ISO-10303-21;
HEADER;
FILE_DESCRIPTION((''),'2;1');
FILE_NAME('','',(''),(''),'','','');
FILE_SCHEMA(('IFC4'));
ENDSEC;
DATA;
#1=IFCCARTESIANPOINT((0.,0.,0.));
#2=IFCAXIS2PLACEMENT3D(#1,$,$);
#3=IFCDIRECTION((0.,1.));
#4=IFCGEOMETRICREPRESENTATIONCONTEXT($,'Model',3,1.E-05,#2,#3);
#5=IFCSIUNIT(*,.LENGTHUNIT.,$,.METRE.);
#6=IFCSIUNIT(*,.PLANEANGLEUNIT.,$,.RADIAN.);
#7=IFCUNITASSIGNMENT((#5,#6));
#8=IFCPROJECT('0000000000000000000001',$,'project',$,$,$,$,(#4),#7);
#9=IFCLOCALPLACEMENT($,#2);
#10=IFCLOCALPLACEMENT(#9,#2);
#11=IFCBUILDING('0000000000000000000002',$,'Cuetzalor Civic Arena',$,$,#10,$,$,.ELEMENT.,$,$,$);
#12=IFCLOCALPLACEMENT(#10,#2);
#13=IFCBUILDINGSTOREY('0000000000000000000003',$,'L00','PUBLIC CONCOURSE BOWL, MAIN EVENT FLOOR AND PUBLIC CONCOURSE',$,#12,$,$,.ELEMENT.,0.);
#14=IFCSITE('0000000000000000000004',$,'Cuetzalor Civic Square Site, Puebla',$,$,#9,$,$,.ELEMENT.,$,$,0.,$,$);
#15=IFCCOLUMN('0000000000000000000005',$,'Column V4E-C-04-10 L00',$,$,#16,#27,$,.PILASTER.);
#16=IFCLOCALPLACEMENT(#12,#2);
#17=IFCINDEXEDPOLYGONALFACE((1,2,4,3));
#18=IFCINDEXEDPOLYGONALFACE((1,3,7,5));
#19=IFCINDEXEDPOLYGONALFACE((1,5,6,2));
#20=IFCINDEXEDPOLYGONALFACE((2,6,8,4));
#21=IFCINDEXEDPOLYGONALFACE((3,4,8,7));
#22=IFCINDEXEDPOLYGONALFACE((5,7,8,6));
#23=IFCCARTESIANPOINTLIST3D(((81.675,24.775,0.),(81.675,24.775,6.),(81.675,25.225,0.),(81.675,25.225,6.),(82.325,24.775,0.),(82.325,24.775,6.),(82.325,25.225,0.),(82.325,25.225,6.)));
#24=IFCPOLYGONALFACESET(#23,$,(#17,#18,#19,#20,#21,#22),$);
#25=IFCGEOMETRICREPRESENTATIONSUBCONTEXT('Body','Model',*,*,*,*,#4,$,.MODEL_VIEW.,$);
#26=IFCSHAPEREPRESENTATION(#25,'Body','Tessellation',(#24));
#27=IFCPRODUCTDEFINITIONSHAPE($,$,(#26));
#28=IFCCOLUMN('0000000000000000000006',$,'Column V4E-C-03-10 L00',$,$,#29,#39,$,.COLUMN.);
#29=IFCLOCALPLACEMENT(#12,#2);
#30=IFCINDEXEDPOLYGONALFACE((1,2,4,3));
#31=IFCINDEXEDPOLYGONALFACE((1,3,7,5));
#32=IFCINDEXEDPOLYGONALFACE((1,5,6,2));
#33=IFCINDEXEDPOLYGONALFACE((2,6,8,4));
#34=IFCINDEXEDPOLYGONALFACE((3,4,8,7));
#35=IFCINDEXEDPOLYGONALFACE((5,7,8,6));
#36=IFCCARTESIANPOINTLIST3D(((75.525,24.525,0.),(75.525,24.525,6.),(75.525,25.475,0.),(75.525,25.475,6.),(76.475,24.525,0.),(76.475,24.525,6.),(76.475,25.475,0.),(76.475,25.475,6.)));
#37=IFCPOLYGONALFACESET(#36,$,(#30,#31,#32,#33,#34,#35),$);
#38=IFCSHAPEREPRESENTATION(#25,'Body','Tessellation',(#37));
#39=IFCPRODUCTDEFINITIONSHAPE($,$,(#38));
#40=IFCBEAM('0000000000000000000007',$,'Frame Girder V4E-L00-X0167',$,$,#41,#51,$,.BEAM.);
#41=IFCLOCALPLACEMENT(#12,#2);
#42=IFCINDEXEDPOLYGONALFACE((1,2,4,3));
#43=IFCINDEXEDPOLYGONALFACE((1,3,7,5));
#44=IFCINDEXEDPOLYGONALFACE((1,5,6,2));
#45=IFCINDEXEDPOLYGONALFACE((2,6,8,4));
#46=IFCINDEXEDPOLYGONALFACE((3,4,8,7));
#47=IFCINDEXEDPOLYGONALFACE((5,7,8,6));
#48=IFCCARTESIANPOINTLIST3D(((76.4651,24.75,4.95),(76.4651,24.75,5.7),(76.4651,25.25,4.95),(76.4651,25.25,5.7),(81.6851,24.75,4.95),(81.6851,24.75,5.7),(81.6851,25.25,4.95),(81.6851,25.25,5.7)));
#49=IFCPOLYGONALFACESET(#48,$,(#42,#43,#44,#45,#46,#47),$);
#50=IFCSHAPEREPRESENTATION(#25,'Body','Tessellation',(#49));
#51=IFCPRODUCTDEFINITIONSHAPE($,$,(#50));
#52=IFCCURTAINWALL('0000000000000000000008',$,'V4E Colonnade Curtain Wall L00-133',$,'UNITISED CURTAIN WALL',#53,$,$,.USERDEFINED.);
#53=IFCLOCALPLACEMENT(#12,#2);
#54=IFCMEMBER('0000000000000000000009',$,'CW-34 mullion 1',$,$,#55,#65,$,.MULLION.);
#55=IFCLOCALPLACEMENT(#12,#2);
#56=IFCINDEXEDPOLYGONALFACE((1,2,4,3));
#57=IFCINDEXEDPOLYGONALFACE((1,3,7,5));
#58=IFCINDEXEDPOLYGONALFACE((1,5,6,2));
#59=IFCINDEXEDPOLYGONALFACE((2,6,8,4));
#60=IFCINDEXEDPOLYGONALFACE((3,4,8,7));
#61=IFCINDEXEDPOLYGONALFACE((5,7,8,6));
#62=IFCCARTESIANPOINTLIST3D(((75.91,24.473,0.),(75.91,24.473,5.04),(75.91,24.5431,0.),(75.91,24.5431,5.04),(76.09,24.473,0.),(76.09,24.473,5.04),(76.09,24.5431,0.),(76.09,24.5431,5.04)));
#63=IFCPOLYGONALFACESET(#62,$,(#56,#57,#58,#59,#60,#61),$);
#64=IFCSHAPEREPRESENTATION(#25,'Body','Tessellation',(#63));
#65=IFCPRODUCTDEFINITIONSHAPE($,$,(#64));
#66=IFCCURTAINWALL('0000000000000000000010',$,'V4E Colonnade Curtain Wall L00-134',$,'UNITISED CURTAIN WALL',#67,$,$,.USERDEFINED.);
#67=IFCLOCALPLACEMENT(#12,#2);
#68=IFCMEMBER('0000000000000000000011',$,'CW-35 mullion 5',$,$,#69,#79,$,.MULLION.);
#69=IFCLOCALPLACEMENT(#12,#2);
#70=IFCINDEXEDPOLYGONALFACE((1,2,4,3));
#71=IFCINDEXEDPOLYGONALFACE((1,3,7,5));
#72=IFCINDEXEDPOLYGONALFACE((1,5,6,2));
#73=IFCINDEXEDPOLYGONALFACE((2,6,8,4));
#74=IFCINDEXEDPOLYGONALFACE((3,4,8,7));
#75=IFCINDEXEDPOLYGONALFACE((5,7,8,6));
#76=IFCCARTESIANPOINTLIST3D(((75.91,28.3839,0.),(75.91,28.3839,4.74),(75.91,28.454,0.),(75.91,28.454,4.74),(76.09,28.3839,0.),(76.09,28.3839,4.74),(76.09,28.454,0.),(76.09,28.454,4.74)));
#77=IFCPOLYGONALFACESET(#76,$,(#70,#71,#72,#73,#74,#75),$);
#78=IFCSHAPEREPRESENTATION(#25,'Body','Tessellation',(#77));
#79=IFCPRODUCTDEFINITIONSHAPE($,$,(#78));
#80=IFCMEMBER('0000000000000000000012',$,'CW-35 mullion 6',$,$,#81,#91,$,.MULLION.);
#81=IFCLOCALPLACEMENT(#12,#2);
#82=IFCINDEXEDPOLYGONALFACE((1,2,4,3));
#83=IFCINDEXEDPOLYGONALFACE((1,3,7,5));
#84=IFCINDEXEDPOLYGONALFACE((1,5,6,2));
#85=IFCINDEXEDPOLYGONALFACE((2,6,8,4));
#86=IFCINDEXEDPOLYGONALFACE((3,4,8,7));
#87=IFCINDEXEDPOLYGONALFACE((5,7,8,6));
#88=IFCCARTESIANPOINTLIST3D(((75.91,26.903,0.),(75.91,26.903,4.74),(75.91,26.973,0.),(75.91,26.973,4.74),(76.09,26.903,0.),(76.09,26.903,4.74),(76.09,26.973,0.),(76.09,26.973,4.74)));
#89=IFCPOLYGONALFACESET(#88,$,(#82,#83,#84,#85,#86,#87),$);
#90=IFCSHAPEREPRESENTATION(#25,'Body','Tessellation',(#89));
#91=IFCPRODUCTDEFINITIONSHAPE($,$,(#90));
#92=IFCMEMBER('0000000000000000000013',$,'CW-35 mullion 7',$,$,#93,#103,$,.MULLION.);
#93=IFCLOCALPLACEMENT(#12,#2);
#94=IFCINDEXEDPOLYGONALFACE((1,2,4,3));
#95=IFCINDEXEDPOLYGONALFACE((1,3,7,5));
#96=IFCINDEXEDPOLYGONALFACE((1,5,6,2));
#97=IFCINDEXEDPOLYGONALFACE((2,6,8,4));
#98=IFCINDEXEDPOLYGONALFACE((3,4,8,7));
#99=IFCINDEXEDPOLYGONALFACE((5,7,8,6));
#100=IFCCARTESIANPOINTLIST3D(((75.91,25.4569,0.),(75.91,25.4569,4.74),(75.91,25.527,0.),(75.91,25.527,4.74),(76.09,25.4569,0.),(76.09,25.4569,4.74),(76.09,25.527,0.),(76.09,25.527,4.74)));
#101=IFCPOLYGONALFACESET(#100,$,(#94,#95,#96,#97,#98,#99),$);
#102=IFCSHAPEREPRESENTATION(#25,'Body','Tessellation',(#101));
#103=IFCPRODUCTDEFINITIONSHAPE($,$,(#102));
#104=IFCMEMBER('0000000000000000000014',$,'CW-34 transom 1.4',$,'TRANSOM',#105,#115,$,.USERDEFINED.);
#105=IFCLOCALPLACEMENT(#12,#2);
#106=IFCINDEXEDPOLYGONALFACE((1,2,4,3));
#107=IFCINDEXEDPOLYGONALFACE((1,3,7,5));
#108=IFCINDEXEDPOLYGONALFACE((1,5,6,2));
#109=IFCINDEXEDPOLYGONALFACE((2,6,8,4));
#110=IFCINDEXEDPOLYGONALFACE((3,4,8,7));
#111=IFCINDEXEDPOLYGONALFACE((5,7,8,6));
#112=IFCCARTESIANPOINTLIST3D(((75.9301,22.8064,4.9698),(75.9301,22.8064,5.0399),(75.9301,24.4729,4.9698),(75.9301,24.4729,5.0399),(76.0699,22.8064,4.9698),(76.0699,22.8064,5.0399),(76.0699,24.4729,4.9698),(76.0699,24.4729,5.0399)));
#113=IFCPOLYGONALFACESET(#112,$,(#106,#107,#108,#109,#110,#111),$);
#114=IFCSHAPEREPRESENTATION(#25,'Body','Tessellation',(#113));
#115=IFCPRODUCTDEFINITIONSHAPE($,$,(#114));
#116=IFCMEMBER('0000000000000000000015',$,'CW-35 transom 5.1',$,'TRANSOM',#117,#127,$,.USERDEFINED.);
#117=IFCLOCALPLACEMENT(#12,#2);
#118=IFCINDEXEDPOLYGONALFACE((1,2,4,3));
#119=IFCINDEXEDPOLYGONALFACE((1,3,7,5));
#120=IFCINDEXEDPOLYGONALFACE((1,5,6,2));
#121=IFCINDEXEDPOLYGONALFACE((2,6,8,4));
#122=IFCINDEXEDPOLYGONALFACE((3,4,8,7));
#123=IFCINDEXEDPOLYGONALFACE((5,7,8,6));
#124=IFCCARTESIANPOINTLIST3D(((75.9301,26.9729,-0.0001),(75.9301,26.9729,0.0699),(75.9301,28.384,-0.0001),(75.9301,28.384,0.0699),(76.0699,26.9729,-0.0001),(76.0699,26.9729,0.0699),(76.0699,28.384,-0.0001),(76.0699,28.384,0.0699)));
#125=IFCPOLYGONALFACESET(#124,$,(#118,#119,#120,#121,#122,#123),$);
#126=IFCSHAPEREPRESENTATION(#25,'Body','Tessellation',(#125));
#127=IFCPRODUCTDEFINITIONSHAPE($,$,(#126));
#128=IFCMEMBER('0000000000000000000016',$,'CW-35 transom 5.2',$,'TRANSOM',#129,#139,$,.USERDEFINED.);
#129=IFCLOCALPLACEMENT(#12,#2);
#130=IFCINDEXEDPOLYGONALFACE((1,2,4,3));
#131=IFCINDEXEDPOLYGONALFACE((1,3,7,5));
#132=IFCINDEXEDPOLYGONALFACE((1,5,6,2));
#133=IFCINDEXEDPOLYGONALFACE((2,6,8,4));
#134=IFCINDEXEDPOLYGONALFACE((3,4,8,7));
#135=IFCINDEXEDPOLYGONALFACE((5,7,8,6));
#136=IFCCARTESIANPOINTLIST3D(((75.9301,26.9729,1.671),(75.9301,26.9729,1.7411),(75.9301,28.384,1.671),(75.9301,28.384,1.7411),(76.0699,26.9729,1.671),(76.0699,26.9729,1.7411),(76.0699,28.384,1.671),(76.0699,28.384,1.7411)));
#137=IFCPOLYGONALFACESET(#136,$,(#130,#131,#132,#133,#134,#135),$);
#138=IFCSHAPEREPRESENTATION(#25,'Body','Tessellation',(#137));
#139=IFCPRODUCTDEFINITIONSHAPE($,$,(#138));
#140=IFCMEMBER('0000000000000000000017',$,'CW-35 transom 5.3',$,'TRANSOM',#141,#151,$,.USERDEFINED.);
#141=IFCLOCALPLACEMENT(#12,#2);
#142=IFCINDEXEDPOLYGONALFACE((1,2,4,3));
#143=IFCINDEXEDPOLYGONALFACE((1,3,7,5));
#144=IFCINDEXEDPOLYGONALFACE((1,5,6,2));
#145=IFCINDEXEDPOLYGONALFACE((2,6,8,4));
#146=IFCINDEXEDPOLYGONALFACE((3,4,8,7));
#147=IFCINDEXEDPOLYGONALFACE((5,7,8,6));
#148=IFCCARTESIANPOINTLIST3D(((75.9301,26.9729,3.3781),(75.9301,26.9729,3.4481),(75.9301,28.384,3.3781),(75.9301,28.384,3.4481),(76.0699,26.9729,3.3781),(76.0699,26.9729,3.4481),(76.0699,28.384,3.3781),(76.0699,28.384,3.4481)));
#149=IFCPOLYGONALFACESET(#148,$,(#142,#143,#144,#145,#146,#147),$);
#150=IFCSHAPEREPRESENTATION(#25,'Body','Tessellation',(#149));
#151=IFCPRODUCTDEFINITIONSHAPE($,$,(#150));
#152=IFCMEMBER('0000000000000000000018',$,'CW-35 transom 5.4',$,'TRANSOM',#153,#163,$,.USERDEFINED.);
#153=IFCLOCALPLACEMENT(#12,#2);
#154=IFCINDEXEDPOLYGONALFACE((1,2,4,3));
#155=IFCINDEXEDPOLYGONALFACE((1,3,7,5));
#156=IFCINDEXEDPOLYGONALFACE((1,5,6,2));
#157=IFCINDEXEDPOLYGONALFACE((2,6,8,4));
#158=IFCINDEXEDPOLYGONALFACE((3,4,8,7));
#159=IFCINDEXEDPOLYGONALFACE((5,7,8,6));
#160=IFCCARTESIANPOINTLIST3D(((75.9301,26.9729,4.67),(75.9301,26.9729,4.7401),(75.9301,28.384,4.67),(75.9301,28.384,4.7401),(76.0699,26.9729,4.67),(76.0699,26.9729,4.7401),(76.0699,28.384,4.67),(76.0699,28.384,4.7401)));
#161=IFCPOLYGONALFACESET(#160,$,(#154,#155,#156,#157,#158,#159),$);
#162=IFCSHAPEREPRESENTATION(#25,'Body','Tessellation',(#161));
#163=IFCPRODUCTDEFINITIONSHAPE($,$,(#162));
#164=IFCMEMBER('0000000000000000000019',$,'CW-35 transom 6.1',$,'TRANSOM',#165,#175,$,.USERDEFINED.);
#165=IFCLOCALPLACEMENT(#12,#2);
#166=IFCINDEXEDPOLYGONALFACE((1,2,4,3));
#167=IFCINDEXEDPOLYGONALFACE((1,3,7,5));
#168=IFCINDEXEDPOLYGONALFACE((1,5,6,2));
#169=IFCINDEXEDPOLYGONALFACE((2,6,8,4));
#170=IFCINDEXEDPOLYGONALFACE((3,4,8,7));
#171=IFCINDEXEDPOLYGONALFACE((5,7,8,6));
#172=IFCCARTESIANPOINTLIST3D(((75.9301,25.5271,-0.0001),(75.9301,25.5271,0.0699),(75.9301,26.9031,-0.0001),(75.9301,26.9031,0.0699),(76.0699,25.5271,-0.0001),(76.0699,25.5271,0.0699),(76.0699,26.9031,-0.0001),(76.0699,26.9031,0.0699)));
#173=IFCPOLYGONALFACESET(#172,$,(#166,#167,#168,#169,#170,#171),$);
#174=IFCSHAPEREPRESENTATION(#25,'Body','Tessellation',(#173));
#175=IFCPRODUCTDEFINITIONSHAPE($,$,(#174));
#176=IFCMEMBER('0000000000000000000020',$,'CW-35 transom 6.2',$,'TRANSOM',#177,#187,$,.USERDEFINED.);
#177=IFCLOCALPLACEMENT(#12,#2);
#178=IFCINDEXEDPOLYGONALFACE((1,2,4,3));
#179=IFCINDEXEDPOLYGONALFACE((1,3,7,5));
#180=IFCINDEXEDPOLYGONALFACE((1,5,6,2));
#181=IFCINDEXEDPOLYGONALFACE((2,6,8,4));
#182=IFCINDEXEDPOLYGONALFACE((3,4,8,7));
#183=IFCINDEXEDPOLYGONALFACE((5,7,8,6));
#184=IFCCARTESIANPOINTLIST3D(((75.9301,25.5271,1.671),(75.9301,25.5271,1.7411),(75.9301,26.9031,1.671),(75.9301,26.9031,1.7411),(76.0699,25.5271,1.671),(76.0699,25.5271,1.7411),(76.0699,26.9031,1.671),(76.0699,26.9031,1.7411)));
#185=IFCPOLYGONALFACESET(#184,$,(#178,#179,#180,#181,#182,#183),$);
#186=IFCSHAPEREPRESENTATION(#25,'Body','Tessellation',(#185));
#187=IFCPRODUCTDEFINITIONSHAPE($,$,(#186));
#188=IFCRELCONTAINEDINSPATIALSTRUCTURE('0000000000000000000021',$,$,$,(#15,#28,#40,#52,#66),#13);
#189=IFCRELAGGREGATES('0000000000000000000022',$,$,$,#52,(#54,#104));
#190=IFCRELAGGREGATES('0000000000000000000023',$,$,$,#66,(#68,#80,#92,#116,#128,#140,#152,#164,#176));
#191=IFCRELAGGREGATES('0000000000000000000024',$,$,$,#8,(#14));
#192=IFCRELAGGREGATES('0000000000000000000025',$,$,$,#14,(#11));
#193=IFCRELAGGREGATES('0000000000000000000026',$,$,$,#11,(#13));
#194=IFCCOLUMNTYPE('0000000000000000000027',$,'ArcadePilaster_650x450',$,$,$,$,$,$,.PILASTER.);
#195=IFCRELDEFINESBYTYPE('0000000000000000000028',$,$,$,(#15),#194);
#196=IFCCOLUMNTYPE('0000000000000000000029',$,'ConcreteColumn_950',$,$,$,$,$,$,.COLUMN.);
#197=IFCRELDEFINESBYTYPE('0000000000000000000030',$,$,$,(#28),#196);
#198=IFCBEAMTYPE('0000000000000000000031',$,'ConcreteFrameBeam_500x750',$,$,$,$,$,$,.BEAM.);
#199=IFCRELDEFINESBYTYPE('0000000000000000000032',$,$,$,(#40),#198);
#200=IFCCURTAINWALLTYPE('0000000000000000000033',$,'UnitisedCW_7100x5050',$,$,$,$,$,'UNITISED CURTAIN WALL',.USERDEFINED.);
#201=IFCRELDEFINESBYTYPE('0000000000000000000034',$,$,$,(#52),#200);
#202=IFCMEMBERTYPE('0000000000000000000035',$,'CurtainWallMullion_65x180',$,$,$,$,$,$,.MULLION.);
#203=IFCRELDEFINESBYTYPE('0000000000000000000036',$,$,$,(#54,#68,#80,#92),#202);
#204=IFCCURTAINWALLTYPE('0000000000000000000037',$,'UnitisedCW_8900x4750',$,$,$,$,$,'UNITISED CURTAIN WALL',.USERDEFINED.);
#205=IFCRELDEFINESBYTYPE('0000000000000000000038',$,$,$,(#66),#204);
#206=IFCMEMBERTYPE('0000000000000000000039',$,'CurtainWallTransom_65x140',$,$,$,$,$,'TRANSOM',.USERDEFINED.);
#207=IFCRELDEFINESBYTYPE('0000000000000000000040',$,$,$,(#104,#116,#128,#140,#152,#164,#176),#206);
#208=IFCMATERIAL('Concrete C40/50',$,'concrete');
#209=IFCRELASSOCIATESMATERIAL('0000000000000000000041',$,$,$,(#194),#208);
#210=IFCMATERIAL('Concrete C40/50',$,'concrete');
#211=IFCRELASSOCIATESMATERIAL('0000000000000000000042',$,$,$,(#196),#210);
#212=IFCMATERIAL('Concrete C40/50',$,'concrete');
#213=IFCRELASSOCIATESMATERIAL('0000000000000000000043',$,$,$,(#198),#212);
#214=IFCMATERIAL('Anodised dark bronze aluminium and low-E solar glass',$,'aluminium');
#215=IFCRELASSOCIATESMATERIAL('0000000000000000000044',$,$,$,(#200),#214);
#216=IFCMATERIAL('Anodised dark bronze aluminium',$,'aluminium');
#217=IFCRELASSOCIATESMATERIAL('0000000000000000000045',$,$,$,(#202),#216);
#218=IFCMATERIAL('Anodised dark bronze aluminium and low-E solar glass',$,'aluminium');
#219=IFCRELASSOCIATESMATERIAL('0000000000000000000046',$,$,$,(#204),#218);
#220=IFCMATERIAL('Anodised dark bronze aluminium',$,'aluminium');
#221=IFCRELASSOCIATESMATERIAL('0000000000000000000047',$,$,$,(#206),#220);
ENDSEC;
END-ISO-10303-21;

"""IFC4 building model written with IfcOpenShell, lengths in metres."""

from ifc_helpers import new_model, si_unit, direction, frame, origin, origin_2d, place, context, subcontext, project, spatial, rectangle, extrude, material, material_profile, profile_set, type_object, element, aggregate, save


model = new_model("IFC4")

# Units and contexts
model_context = context("Model", 3, precision=1e-05, world=origin(), true_north=direction((0.0, 1.0)))
body_context = subcontext(model_context, "Body", "Model", "MODEL_VIEW")
ifc_project = project(units=[si_unit("LENGTHUNIT", "METRE"), si_unit("PLANEANGLEUNIT", "RADIAN")], contexts=[model_context])

# Site, building, storey
site_placement = place(None, origin())
site = spatial("IfcSite", under=ifc_project, at=site_placement, Name="Cuetzalor Civic Square Site, Puebla", CompositionType="ELEMENT", RefElevation=0.0)
building_placement = place(site_placement, origin())
building = spatial("IfcBuilding", under=site, at=building_placement, Name="Cuetzalor Civic Arena", CompositionType="ELEMENT")
storey_placement = place(building_placement, origin())
storey = spatial("IfcBuildingStorey", under=building, at=storey_placement, Name="L00", Description="PUBLIC CONCOURSE BOWL, MAIN EVENT FLOOR AND PUBLIC CONCOURSE", CompositionType="ELEMENT", Elevation=0.0)

# Columns
ifc_material_1 = material(Name="Concrete C40/50", Category="concrete")
ifc_material_profile_1 = material_profile(ifc_material_1, rectangle(XDim=0.6499, YDim=0.45, at=origin_2d()), Name="RC 650x450")
ifc_profile_set_1 = profile_set([ifc_material_profile_1], Name="Concrete C40/50")
column_type_1 = type_object("IfcColumnType", Name="ArcadePilaster_650x450", PredefinedType="PILASTER", material=ifc_profile_set_1)
column_1_placement = place(storey_placement, frame((82.0, 25.0, 0.0), z_axis=(0.0, 0.0, 1.0), x_axis=(1.0, 0.0, 0.0)))
element("IfcColumn", 1, at=column_1_placement, inside=storey, type_object=column_type_1, Name="Column V4E-C-04-10 L00", PredefinedType="PILASTER", context=body_context, shape_type="SweptSolid", body=[
    extrude(rectangle(XDim=0.6499, YDim=0.45, at=origin_2d()), origin(), (0.0, 0.0, 1.0), 6.0),
])
ifc_material_2 = material(Name="Concrete C40/50", Category="concrete")
ifc_material_profile_2 = material_profile(ifc_material_2, rectangle(XDim=0.95, YDim=0.95, at=origin_2d()), Name="RC 950x950")
ifc_profile_set_2 = profile_set([ifc_material_profile_2], Name="Concrete C40/50")
column_type_2 = type_object("IfcColumnType", Name="ConcreteColumn_950", PredefinedType="COLUMN", material=ifc_profile_set_2)
column_2_placement = place(storey_placement, frame((76.0, 25.0, 0.0), z_axis=(0.0, 0.0, 1.0), x_axis=(1.0, 0.0, 0.0)))
element("IfcColumn", 2, at=column_2_placement, inside=storey, type_object=column_type_2, Name="Column V4E-C-03-10 L00", PredefinedType="COLUMN", context=body_context, shape_type="SweptSolid", body=[
    extrude(rectangle(XDim=0.95, YDim=0.95, at=origin_2d()), origin(), (0.0, 0.0, 1.0), 6.0),
])

# Beam
ifc_material_3 = material(Name="Concrete C40/50", Category="concrete")
ifc_material_profile_3 = material_profile(ifc_material_3, rectangle(XDim=0.5, YDim=0.75, at=origin_2d()), Name="RC 500x750")
ifc_profile_set_3 = profile_set([ifc_material_profile_3], Name="Concrete C40/50")
beam_type_1 = type_object("IfcBeamType", Name="ConcreteFrameBeam_500x750", PredefinedType="BEAM", material=ifc_profile_set_3)
beam_1_placement = place(storey_placement, frame((76.4651, 25.0, 5.325), z_axis=(1.0, 0.0, 0.0), x_axis=(0.0, 1.0, 0.0)))
element("IfcBeam", 3, at=beam_1_placement, inside=storey, type_object=beam_type_1, Name="Frame Girder V4E-L00-X0167", PredefinedType="BEAM", context=body_context, shape_type="SweptSolid", body=[
    extrude(rectangle(XDim=0.5, YDim=0.75, at=origin_2d()), origin(), (0.0, 0.0, 1.0), 5.22),
])

# Curtain wall, member
ifc_material_4 = material(Name="Anodised dark bronze aluminium and low-E solar glass", Category="aluminium")
curtain_wall_type_1 = type_object("IfcCurtainWallType", Name="UnitisedCW_7100x5050", ElementType="UNITISED CURTAIN WALL", PredefinedType="USERDEFINED", material=ifc_material_4)
curtain_wall_1_placement = place(storey_placement, origin())
curtain_wall_1 = element("IfcCurtainWall", 4, at=curtain_wall_1_placement, inside=storey, type_object=curtain_wall_type_1, Name="V4E Colonnade Curtain Wall L00-133", ObjectType="UNITISED CURTAIN WALL", PredefinedType="USERDEFINED")
ifc_material_5 = material(Name="Anodised dark bronze aluminium", Category="aluminium")
ifc_material_profile_4 = material_profile(ifc_material_5, rectangle(XDim=0.0701, YDim=0.1799, at=origin_2d()), Name="ALU MULLION 70x180")
ifc_profile_set_4 = profile_set([ifc_material_profile_4], Name="Anodised dark bronze aluminium")
member_type_1 = type_object("IfcMemberType", Name="CurtainWallMullion_65x180", PredefinedType="MULLION", material=ifc_profile_set_4)
member_1_placement = place(storey_placement, frame((76.0, 24.5081, 0.0), z_axis=(0.0, 0.0, 1.0), x_axis=(0.0, -1.0, 0.0)))
member_1 = element("IfcMember", 5, at=member_1_placement, type_object=member_type_1, Name="CW-34 mullion 1", PredefinedType="MULLION", context=body_context, shape_type="SweptSolid", body=[
    extrude(rectangle(XDim=0.0701, YDim=0.1799, at=origin_2d()), origin(), (0.0, 0.0, 1.0), 5.04),
])

# Curtain wall, members
ifc_material_6 = material(Name="Anodised dark bronze aluminium and low-E solar glass", Category="aluminium")
curtain_wall_type_2 = type_object("IfcCurtainWallType", Name="UnitisedCW_8900x4750", ElementType="UNITISED CURTAIN WALL", PredefinedType="USERDEFINED", material=ifc_material_6)
curtain_wall_2_placement = place(storey_placement, origin())
curtain_wall_2 = element("IfcCurtainWall", 6, at=curtain_wall_2_placement, inside=storey, type_object=curtain_wall_type_2, Name="V4E Colonnade Curtain Wall L00-134", ObjectType="UNITISED CURTAIN WALL", PredefinedType="USERDEFINED")
member_2_placement = place(storey_placement, frame((76.0, 28.4189, 0.0), z_axis=(0.0, 0.0, 1.0), x_axis=(0.0, -1.0, 0.0)))
member_2 = element("IfcMember", 7, at=member_2_placement, type_object=member_type_1, Name="CW-35 mullion 5", PredefinedType="MULLION", context=body_context, shape_type="SweptSolid", body=[
    extrude(rectangle(XDim=0.0701, YDim=0.1799, at=origin_2d()), origin(), (0.0, 0.0, 1.0), 4.74),
])
member_3_placement = place(storey_placement, frame((76.0, 26.938, 0.0), z_axis=(0.0, 0.0, 1.0), x_axis=(0.0, -1.0, 0.0)))
member_3 = element("IfcMember", 8, at=member_3_placement, type_object=member_type_1, Name="CW-35 mullion 6", PredefinedType="MULLION", context=body_context, shape_type="SweptSolid", body=[
    extrude(rectangle(XDim=0.0701, YDim=0.1799, at=origin_2d()), origin(), (0.0, 0.0, 1.0), 4.74),
])
member_4_placement = place(storey_placement, frame((76.0, 25.4919, 0.0), z_axis=(0.0, 0.0, 1.0), x_axis=(0.0, -1.0, 0.0)))
member_4 = element("IfcMember", 9, at=member_4_placement, type_object=member_type_1, Name="CW-35 mullion 7", PredefinedType="MULLION", context=body_context, shape_type="SweptSolid", body=[
    extrude(rectangle(XDim=0.0701, YDim=0.1799, at=origin_2d()), origin(), (0.0, 0.0, 1.0), 4.74),
])

# Members
ifc_material_7 = material(Name="Anodised dark bronze aluminium", Category="aluminium")
ifc_material_profile_5 = material_profile(ifc_material_7, rectangle(XDim=0.1399, YDim=0.0701, at=origin_2d()), Name="ALU TRANSOM 70x140")
ifc_profile_set_5 = profile_set([ifc_material_profile_5], Name="Anodised dark bronze aluminium")
member_type_2 = type_object("IfcMemberType", Name="CurtainWallTransom_65x140", ElementType="TRANSOM", PredefinedType="USERDEFINED", material=ifc_profile_set_5)
member_5_placement = place(storey_placement, frame((76.0, 24.4729, 5.0049), z_axis=(0.0, -1.0, 0.0), x_axis=(1.0, 0.0, 0.0)))
member_5 = element("IfcMember", 10, at=member_5_placement, type_object=member_type_2, Name="CW-34 transom 1.4", ObjectType="TRANSOM", PredefinedType="USERDEFINED", context=body_context, shape_type="SweptSolid", body=[
    extrude(rectangle(XDim=0.1399, YDim=0.0701, at=origin_2d()), origin(), (0.0, 0.0, 1.0), 1.6665),
])
aggregate(curtain_wall_1, [member_1, member_5])
member_6_placement = place(storey_placement, frame((76.0, 28.384, 0.0349), z_axis=(0.0, -1.0, 0.0), x_axis=(1.0, 0.0, 0.0)))
member_6 = element("IfcMember", 11, at=member_6_placement, type_object=member_type_2, Name="CW-35 transom 5.1", ObjectType="TRANSOM", PredefinedType="USERDEFINED", context=body_context, shape_type="SweptSolid", body=[
    extrude(rectangle(XDim=0.1399, YDim=0.0701, at=origin_2d()), origin(), (0.0, 0.0, 1.0), 1.4111),
])
member_7_placement = place(storey_placement, frame((76.0, 28.384, 1.7061), z_axis=(0.0, -1.0, 0.0), x_axis=(1.0, 0.0, 0.0)))
member_7 = element("IfcMember", 12, at=member_7_placement, type_object=member_type_2, Name="CW-35 transom 5.2", ObjectType="TRANSOM", PredefinedType="USERDEFINED", context=body_context, shape_type="SweptSolid", body=[
    extrude(rectangle(XDim=0.1399, YDim=0.0701, at=origin_2d()), origin(), (0.0, 0.0, 1.0), 1.4111),
])
member_8_placement = place(storey_placement, frame((76.0, 28.384, 3.4131), z_axis=(0.0, -1.0, 0.0), x_axis=(1.0, 0.0, 0.0)))
member_8 = element("IfcMember", 13, at=member_8_placement, type_object=member_type_2, Name="CW-35 transom 5.3", ObjectType="TRANSOM", PredefinedType="USERDEFINED", context=body_context, shape_type="SweptSolid", body=[
    extrude(rectangle(XDim=0.1399, YDim=0.0701, at=origin_2d()), origin(), (0.0, 0.0, 1.0), 1.4111),
])
member_9_placement = place(storey_placement, frame((76.0, 28.384, 4.7051), z_axis=(0.0, -1.0, 0.0), x_axis=(1.0, 0.0, 0.0)))
member_9 = element("IfcMember", 14, at=member_9_placement, type_object=member_type_2, Name="CW-35 transom 5.4", ObjectType="TRANSOM", PredefinedType="USERDEFINED", context=body_context, shape_type="SweptSolid", body=[
    extrude(rectangle(XDim=0.1399, YDim=0.0701, at=origin_2d()), origin(), (0.0, 0.0, 1.0), 1.4111),
])
member_10_placement = place(storey_placement, frame((76.0, 26.9031, 0.0349), z_axis=(0.0, -1.0, 0.0), x_axis=(1.0, 0.0, 0.0)))
member_10 = element("IfcMember", 15, at=member_10_placement, type_object=member_type_2, Name="CW-35 transom 6.1", ObjectType="TRANSOM", PredefinedType="USERDEFINED", context=body_context, shape_type="SweptSolid", body=[
    extrude(rectangle(XDim=0.1399, YDim=0.0701, at=origin_2d()), origin(), (0.0, 0.0, 1.0), 1.376),
])
member_11_placement = place(storey_placement, frame((76.0, 26.9031, 1.7061), z_axis=(0.0, -1.0, 0.0), x_axis=(1.0, 0.0, 0.0)))
member_11 = element("IfcMember", 16, at=member_11_placement, type_object=member_type_2, Name="CW-35 transom 6.2", ObjectType="TRANSOM", PredefinedType="USERDEFINED", context=body_context, shape_type="SweptSolid", body=[
    extrude(rectangle(XDim=0.1399, YDim=0.0701, at=origin_2d()), origin(), (0.0, 0.0, 1.0), 1.376),
])

aggregate(curtain_wall_2, [member_2, member_3, member_4, member_6, member_7, member_8, member_9, member_10, member_11])

save(model, "model.ifc")
